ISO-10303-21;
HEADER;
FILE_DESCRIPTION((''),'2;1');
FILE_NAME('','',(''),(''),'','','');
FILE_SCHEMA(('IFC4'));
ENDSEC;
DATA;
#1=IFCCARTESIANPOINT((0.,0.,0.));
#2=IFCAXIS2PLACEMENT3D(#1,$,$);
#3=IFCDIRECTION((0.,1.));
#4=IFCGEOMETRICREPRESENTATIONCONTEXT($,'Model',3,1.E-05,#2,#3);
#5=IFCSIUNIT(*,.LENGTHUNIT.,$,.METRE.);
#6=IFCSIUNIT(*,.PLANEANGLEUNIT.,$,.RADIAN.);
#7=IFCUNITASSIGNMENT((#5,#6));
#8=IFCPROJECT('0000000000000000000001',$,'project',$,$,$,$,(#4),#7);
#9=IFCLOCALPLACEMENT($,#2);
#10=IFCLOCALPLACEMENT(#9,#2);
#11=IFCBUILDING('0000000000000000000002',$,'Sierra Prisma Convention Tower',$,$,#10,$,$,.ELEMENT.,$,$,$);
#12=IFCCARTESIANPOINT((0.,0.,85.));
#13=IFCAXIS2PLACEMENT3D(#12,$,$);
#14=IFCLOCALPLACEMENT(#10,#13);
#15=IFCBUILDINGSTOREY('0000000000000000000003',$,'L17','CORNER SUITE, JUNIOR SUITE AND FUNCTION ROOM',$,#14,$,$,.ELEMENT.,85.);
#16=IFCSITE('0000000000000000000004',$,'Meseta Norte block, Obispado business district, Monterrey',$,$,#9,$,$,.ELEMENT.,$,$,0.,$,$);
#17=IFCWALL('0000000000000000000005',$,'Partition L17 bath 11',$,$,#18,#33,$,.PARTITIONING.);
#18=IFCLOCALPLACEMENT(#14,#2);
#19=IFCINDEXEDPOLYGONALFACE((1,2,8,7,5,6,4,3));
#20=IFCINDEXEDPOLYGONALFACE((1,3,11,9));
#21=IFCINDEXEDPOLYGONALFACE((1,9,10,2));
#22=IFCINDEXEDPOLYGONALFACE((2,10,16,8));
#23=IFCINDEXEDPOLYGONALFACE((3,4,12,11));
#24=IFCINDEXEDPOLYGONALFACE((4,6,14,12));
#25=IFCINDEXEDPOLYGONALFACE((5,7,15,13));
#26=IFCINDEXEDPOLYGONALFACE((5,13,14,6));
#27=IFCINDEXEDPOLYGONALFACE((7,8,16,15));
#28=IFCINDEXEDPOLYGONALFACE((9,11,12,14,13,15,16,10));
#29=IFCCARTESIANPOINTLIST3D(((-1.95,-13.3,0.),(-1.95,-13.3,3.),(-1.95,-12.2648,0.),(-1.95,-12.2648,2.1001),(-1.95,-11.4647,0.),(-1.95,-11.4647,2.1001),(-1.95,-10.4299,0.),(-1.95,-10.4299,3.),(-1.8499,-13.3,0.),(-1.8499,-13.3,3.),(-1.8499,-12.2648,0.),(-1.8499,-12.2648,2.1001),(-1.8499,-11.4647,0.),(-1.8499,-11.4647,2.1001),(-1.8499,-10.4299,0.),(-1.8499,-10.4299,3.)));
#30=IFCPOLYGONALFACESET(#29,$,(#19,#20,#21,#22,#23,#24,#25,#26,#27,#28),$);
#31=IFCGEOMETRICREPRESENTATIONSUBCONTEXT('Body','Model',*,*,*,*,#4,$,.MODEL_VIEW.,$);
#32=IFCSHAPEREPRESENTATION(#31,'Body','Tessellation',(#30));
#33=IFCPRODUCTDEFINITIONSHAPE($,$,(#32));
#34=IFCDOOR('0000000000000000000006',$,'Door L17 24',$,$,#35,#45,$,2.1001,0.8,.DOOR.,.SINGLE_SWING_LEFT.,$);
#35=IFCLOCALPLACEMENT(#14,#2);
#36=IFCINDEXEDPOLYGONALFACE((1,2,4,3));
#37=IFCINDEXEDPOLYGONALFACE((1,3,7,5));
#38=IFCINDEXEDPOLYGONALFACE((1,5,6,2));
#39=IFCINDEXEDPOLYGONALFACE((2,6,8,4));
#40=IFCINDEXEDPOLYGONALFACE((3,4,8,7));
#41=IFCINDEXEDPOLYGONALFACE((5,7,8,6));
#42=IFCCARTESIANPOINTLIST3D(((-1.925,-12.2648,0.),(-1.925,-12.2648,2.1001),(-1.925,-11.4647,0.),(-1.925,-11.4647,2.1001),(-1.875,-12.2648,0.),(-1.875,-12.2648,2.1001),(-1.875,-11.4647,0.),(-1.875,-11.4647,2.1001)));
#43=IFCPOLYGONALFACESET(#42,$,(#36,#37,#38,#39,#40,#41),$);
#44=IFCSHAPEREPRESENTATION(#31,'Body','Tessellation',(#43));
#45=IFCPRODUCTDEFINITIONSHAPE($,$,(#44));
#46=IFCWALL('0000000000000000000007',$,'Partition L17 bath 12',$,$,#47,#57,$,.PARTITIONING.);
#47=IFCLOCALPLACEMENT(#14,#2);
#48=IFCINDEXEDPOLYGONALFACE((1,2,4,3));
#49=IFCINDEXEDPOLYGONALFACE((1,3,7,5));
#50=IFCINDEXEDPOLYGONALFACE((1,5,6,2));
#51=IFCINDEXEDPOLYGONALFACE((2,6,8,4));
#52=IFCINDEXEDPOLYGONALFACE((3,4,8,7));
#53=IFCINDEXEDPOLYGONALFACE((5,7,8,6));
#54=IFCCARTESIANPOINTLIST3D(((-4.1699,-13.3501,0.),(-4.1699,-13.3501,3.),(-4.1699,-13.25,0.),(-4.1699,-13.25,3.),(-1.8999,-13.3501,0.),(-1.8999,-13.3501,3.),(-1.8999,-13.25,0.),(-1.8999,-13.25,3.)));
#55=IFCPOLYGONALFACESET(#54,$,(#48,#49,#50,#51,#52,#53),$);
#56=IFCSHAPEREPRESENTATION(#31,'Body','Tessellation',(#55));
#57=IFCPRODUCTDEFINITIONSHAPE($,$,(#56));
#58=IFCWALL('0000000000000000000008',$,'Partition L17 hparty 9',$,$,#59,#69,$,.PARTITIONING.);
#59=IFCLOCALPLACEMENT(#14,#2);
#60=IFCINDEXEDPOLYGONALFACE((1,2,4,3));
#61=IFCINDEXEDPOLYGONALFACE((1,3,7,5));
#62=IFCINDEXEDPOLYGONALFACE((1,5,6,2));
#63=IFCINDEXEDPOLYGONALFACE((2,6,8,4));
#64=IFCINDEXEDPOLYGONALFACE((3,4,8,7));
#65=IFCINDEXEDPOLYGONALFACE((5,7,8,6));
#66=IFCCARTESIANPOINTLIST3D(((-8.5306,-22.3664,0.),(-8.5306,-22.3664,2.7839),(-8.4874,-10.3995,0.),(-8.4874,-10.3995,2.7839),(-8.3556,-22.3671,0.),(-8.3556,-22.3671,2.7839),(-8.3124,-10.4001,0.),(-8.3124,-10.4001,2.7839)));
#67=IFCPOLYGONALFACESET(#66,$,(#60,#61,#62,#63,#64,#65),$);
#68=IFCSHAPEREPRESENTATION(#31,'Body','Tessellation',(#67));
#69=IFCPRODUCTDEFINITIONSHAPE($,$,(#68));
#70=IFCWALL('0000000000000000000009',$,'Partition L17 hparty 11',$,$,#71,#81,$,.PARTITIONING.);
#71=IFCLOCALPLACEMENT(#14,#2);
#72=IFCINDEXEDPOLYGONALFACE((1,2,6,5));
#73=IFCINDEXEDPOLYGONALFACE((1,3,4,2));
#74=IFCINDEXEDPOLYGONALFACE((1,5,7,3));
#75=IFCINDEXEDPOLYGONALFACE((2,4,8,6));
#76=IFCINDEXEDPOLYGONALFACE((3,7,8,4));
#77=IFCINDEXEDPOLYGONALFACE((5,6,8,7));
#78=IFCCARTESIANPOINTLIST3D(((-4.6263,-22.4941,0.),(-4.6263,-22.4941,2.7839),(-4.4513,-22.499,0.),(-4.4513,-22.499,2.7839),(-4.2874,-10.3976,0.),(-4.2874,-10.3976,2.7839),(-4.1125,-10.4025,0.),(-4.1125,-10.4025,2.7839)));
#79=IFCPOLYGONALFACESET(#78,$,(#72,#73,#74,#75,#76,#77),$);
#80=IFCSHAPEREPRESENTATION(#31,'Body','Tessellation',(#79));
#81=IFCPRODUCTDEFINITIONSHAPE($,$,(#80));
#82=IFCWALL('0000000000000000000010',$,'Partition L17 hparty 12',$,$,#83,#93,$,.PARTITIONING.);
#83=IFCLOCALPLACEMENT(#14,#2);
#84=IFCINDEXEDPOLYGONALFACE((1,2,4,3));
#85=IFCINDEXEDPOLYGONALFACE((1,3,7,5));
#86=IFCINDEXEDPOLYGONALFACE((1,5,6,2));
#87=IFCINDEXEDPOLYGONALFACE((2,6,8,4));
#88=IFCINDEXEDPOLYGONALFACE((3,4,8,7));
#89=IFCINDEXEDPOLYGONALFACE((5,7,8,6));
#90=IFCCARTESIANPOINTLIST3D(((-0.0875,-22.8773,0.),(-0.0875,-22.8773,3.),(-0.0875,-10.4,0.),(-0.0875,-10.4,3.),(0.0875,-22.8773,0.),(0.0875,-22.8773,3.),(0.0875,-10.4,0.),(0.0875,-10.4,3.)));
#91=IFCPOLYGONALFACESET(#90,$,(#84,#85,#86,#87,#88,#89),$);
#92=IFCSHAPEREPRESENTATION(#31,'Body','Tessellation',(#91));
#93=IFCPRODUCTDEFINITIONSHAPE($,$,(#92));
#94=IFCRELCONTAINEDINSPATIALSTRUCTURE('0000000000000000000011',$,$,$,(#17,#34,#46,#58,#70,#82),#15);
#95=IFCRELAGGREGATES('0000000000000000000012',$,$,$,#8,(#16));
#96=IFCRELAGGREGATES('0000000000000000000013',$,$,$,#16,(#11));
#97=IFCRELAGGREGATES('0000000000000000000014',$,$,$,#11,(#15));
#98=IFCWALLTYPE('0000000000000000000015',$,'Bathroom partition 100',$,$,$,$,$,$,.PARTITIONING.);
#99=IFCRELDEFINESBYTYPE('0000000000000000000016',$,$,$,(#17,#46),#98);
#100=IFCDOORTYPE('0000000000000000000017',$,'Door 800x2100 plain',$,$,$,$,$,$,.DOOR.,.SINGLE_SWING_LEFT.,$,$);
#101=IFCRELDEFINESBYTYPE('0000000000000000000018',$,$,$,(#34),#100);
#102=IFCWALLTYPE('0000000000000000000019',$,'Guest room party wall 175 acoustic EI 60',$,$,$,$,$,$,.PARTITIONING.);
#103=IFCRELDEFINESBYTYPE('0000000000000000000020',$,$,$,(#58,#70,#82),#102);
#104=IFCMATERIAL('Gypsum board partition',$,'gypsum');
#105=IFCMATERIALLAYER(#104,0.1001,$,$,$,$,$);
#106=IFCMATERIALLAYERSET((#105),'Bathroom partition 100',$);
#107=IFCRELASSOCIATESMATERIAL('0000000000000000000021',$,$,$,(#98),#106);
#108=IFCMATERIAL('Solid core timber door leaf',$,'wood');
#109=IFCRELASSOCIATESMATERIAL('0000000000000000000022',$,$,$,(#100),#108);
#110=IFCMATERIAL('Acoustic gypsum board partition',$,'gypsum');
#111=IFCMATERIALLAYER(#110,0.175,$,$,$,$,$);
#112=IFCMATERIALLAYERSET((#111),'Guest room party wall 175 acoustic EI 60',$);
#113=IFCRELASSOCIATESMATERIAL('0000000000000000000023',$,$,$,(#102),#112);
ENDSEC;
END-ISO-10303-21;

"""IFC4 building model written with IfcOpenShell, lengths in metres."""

from ifc_helpers import new_model, si_unit, direction, frame, frame_2d, origin, place, context, subcontext, project, spatial, rectangle, extrude, material, layer, layer_set, type_object, element, fill, save


model = new_model("IFC4")

# Units and contexts
model_context = context("Model", 3, precision=1e-05, world=origin(), true_north=direction((0.0, 1.0)))
body_context = subcontext(model_context, "Body", "Model", "MODEL_VIEW")
ifc_project = project(units=[si_unit("LENGTHUNIT", "METRE"), si_unit("PLANEANGLEUNIT", "RADIAN")], contexts=[model_context])

# Site, building, storey
site_placement = place(None, origin())
site = spatial("IfcSite", under=ifc_project, at=site_placement, Name="Meseta Norte block, Obispado business district, Monterrey", CompositionType="ELEMENT", RefElevation=0.0)
building_placement = place(site_placement, origin())
building = spatial("IfcBuilding", under=site, at=building_placement, Name="Sierra Prisma Convention Tower", CompositionType="ELEMENT")
storey_placement = place(building_placement, frame((0.0, 0.0, 85.0)))
storey = spatial("IfcBuildingStorey", under=building, at=storey_placement, Name="L17", Description="CORNER SUITE, JUNIOR SUITE AND FUNCTION ROOM", CompositionType="ELEMENT", Elevation=85.0)

# Shared definitions
ifc_material_1 = material(Name="Gypsum board partition", Category="gypsum")
ifc_layer_1 = layer(ifc_material_1, 0.1001)
ifc_layer_set_1 = layer_set([ifc_layer_1], Name="Bathroom partition 100")
wall_type_1 = type_object("IfcWallType", Name="Bathroom partition 100", PredefinedType="PARTITIONING", material=ifc_layer_set_1)
ifc_material_2 = material(Name="Solid core timber door leaf", Category="wood")
door_type = type_object("IfcDoorType", Name="Door 800x2100 plain", OperationType="SINGLE_SWING_LEFT", PredefinedType="DOOR", material=ifc_material_2)

# Wall, opening, door
wall_1_placement = place(storey_placement, frame((-1.8999, -10.4299, 0.0), z_axis=(0.0, 0.0, 1.0), x_axis=(0.0, -1.0, 0.0)))
wall_1 = element("IfcWall", 1, at=wall_1_placement, inside=storey, type_object=wall_type_1, Name="Partition L17 bath 11", PredefinedType="PARTITIONING", context=body_context, shape_type="SweptSolid", body=[
    extrude(rectangle(XDim=2.8701, YDim=0.1001, at=frame_2d((1.4351, 0.0))), origin(), (0.0, 0.0, 1.0), 3.0),
])
opening_1_placement = place(wall_1_placement, frame((1.0349, 0.0, 0.0)))
opening_1 = element("IfcOpeningElement", 2, at=opening_1_placement, cuts=wall_1, PredefinedType="OPENING", context=body_context, shape_type="SweptSolid", body=[
    extrude(rectangle(XDim=0.8, YDim=2.1001, at=frame_2d((0.3999, 1.05))), frame((0.0, 0.05, 0.0), z_axis=(0.0, -1.0, 0.0), x_axis=(1.0, 0.0, 0.0)), (0.0, 0.0, 1.0), 0.1001),
])
door_1_placement = place(opening_1_placement, origin())
door_1 = element("IfcDoor", 3, at=door_1_placement, inside=storey, type_object=door_type, Name="Door L17 24", OperationType="SINGLE_SWING_LEFT", OverallHeight=2.1001, OverallWidth=0.8, PredefinedType="DOOR", context=body_context, shape_type="SweptSolid", body=[
    extrude(rectangle(XDim=0.8, YDim=2.1001, at=frame_2d((0.3999, 1.05))), frame((0.0, 0.0249, 0.0), z_axis=(0.0, -1.0, 0.0), x_axis=(1.0, 0.0, 0.0)), (0.0, 0.0, 1.0), 0.05),
])
fill(opening_1, door_1)

# Walls
wall_2_placement = place(storey_placement, frame((-1.8999, -13.3, 0.0), z_axis=(0.0, 0.0, 1.0), x_axis=(-1.0, 0.0, 0.0)))
element("IfcWall", 4, at=wall_2_placement, inside=storey, type_object=wall_type_1, Name="Partition L17 bath 12", PredefinedType="PARTITIONING", context=body_context, shape_type="SweptSolid", body=[
    extrude(rectangle(XDim=2.27, YDim=0.1001, at=frame_2d((1.135, 0.0))), origin(), (0.0, 0.0, 1.0), 3.0),
])
ifc_material_3 = material(Name="Acoustic gypsum board partition", Category="gypsum")
ifc_layer_2 = layer(ifc_material_3, 0.175)
ifc_layer_set_2 = layer_set([ifc_layer_2], Name="Guest room party wall 175 acoustic EI 60")
wall_type_2 = type_object("IfcWallType", Name="Guest room party wall 175 acoustic EI 60", PredefinedType="PARTITIONING", material=ifc_layer_set_2)
wall_3_placement = place(storey_placement, frame((-8.3999, -10.3999, 0.0), z_axis=(0.0, 0.0, 1.0), x_axis=(-0.003611, -0.999993, 0.0)))
element("IfcWall", 5, at=wall_3_placement, inside=storey, type_object=wall_type_2, Name="Partition L17 hparty 9", PredefinedType="PARTITIONING", context=body_context, shape_type="SweptSolid", body=[
    extrude(rectangle(XDim=11.967, YDim=0.175, at=frame_2d((5.9834, 0.0))), origin(), (0.0, 0.0, 1.0), 2.7839),
])
wall_4_placement = place(storey_placement, frame((-4.2, -10.3999, 0.0), z_axis=(0.0, 0.0, 1.0), x_axis=(-0.028002, -0.999608, 0.0)))
element("IfcWall", 6, at=wall_4_placement, inside=storey, type_object=wall_type_2, Name="Partition L17 hparty 11", PredefinedType="PARTITIONING", context=body_context, shape_type="SweptSolid", body=[
    extrude(rectangle(XDim=12.1013, YDim=0.175, at=frame_2d((6.0508, 0.0))), origin(), (0.0, 0.0, 1.0), 2.7839),
])
wall_5_placement = place(storey_placement, frame((0.0, -10.3999, 0.0), z_axis=(0.0, 0.0, 1.0), x_axis=(0.0, -1.0, 0.0)))
element("IfcWall", 7, at=wall_5_placement, inside=storey, type_object=wall_type_2, Name="Partition L17 hparty 12", PredefinedType="PARTITIONING", context=body_context, shape_type="SweptSolid", body=[
    extrude(rectangle(XDim=12.4773, YDim=0.175, at=frame_2d((6.2388, 0.0))), origin(), (0.0, 0.0, 1.0), 3.0),
])

save(model, "model.ifc")
